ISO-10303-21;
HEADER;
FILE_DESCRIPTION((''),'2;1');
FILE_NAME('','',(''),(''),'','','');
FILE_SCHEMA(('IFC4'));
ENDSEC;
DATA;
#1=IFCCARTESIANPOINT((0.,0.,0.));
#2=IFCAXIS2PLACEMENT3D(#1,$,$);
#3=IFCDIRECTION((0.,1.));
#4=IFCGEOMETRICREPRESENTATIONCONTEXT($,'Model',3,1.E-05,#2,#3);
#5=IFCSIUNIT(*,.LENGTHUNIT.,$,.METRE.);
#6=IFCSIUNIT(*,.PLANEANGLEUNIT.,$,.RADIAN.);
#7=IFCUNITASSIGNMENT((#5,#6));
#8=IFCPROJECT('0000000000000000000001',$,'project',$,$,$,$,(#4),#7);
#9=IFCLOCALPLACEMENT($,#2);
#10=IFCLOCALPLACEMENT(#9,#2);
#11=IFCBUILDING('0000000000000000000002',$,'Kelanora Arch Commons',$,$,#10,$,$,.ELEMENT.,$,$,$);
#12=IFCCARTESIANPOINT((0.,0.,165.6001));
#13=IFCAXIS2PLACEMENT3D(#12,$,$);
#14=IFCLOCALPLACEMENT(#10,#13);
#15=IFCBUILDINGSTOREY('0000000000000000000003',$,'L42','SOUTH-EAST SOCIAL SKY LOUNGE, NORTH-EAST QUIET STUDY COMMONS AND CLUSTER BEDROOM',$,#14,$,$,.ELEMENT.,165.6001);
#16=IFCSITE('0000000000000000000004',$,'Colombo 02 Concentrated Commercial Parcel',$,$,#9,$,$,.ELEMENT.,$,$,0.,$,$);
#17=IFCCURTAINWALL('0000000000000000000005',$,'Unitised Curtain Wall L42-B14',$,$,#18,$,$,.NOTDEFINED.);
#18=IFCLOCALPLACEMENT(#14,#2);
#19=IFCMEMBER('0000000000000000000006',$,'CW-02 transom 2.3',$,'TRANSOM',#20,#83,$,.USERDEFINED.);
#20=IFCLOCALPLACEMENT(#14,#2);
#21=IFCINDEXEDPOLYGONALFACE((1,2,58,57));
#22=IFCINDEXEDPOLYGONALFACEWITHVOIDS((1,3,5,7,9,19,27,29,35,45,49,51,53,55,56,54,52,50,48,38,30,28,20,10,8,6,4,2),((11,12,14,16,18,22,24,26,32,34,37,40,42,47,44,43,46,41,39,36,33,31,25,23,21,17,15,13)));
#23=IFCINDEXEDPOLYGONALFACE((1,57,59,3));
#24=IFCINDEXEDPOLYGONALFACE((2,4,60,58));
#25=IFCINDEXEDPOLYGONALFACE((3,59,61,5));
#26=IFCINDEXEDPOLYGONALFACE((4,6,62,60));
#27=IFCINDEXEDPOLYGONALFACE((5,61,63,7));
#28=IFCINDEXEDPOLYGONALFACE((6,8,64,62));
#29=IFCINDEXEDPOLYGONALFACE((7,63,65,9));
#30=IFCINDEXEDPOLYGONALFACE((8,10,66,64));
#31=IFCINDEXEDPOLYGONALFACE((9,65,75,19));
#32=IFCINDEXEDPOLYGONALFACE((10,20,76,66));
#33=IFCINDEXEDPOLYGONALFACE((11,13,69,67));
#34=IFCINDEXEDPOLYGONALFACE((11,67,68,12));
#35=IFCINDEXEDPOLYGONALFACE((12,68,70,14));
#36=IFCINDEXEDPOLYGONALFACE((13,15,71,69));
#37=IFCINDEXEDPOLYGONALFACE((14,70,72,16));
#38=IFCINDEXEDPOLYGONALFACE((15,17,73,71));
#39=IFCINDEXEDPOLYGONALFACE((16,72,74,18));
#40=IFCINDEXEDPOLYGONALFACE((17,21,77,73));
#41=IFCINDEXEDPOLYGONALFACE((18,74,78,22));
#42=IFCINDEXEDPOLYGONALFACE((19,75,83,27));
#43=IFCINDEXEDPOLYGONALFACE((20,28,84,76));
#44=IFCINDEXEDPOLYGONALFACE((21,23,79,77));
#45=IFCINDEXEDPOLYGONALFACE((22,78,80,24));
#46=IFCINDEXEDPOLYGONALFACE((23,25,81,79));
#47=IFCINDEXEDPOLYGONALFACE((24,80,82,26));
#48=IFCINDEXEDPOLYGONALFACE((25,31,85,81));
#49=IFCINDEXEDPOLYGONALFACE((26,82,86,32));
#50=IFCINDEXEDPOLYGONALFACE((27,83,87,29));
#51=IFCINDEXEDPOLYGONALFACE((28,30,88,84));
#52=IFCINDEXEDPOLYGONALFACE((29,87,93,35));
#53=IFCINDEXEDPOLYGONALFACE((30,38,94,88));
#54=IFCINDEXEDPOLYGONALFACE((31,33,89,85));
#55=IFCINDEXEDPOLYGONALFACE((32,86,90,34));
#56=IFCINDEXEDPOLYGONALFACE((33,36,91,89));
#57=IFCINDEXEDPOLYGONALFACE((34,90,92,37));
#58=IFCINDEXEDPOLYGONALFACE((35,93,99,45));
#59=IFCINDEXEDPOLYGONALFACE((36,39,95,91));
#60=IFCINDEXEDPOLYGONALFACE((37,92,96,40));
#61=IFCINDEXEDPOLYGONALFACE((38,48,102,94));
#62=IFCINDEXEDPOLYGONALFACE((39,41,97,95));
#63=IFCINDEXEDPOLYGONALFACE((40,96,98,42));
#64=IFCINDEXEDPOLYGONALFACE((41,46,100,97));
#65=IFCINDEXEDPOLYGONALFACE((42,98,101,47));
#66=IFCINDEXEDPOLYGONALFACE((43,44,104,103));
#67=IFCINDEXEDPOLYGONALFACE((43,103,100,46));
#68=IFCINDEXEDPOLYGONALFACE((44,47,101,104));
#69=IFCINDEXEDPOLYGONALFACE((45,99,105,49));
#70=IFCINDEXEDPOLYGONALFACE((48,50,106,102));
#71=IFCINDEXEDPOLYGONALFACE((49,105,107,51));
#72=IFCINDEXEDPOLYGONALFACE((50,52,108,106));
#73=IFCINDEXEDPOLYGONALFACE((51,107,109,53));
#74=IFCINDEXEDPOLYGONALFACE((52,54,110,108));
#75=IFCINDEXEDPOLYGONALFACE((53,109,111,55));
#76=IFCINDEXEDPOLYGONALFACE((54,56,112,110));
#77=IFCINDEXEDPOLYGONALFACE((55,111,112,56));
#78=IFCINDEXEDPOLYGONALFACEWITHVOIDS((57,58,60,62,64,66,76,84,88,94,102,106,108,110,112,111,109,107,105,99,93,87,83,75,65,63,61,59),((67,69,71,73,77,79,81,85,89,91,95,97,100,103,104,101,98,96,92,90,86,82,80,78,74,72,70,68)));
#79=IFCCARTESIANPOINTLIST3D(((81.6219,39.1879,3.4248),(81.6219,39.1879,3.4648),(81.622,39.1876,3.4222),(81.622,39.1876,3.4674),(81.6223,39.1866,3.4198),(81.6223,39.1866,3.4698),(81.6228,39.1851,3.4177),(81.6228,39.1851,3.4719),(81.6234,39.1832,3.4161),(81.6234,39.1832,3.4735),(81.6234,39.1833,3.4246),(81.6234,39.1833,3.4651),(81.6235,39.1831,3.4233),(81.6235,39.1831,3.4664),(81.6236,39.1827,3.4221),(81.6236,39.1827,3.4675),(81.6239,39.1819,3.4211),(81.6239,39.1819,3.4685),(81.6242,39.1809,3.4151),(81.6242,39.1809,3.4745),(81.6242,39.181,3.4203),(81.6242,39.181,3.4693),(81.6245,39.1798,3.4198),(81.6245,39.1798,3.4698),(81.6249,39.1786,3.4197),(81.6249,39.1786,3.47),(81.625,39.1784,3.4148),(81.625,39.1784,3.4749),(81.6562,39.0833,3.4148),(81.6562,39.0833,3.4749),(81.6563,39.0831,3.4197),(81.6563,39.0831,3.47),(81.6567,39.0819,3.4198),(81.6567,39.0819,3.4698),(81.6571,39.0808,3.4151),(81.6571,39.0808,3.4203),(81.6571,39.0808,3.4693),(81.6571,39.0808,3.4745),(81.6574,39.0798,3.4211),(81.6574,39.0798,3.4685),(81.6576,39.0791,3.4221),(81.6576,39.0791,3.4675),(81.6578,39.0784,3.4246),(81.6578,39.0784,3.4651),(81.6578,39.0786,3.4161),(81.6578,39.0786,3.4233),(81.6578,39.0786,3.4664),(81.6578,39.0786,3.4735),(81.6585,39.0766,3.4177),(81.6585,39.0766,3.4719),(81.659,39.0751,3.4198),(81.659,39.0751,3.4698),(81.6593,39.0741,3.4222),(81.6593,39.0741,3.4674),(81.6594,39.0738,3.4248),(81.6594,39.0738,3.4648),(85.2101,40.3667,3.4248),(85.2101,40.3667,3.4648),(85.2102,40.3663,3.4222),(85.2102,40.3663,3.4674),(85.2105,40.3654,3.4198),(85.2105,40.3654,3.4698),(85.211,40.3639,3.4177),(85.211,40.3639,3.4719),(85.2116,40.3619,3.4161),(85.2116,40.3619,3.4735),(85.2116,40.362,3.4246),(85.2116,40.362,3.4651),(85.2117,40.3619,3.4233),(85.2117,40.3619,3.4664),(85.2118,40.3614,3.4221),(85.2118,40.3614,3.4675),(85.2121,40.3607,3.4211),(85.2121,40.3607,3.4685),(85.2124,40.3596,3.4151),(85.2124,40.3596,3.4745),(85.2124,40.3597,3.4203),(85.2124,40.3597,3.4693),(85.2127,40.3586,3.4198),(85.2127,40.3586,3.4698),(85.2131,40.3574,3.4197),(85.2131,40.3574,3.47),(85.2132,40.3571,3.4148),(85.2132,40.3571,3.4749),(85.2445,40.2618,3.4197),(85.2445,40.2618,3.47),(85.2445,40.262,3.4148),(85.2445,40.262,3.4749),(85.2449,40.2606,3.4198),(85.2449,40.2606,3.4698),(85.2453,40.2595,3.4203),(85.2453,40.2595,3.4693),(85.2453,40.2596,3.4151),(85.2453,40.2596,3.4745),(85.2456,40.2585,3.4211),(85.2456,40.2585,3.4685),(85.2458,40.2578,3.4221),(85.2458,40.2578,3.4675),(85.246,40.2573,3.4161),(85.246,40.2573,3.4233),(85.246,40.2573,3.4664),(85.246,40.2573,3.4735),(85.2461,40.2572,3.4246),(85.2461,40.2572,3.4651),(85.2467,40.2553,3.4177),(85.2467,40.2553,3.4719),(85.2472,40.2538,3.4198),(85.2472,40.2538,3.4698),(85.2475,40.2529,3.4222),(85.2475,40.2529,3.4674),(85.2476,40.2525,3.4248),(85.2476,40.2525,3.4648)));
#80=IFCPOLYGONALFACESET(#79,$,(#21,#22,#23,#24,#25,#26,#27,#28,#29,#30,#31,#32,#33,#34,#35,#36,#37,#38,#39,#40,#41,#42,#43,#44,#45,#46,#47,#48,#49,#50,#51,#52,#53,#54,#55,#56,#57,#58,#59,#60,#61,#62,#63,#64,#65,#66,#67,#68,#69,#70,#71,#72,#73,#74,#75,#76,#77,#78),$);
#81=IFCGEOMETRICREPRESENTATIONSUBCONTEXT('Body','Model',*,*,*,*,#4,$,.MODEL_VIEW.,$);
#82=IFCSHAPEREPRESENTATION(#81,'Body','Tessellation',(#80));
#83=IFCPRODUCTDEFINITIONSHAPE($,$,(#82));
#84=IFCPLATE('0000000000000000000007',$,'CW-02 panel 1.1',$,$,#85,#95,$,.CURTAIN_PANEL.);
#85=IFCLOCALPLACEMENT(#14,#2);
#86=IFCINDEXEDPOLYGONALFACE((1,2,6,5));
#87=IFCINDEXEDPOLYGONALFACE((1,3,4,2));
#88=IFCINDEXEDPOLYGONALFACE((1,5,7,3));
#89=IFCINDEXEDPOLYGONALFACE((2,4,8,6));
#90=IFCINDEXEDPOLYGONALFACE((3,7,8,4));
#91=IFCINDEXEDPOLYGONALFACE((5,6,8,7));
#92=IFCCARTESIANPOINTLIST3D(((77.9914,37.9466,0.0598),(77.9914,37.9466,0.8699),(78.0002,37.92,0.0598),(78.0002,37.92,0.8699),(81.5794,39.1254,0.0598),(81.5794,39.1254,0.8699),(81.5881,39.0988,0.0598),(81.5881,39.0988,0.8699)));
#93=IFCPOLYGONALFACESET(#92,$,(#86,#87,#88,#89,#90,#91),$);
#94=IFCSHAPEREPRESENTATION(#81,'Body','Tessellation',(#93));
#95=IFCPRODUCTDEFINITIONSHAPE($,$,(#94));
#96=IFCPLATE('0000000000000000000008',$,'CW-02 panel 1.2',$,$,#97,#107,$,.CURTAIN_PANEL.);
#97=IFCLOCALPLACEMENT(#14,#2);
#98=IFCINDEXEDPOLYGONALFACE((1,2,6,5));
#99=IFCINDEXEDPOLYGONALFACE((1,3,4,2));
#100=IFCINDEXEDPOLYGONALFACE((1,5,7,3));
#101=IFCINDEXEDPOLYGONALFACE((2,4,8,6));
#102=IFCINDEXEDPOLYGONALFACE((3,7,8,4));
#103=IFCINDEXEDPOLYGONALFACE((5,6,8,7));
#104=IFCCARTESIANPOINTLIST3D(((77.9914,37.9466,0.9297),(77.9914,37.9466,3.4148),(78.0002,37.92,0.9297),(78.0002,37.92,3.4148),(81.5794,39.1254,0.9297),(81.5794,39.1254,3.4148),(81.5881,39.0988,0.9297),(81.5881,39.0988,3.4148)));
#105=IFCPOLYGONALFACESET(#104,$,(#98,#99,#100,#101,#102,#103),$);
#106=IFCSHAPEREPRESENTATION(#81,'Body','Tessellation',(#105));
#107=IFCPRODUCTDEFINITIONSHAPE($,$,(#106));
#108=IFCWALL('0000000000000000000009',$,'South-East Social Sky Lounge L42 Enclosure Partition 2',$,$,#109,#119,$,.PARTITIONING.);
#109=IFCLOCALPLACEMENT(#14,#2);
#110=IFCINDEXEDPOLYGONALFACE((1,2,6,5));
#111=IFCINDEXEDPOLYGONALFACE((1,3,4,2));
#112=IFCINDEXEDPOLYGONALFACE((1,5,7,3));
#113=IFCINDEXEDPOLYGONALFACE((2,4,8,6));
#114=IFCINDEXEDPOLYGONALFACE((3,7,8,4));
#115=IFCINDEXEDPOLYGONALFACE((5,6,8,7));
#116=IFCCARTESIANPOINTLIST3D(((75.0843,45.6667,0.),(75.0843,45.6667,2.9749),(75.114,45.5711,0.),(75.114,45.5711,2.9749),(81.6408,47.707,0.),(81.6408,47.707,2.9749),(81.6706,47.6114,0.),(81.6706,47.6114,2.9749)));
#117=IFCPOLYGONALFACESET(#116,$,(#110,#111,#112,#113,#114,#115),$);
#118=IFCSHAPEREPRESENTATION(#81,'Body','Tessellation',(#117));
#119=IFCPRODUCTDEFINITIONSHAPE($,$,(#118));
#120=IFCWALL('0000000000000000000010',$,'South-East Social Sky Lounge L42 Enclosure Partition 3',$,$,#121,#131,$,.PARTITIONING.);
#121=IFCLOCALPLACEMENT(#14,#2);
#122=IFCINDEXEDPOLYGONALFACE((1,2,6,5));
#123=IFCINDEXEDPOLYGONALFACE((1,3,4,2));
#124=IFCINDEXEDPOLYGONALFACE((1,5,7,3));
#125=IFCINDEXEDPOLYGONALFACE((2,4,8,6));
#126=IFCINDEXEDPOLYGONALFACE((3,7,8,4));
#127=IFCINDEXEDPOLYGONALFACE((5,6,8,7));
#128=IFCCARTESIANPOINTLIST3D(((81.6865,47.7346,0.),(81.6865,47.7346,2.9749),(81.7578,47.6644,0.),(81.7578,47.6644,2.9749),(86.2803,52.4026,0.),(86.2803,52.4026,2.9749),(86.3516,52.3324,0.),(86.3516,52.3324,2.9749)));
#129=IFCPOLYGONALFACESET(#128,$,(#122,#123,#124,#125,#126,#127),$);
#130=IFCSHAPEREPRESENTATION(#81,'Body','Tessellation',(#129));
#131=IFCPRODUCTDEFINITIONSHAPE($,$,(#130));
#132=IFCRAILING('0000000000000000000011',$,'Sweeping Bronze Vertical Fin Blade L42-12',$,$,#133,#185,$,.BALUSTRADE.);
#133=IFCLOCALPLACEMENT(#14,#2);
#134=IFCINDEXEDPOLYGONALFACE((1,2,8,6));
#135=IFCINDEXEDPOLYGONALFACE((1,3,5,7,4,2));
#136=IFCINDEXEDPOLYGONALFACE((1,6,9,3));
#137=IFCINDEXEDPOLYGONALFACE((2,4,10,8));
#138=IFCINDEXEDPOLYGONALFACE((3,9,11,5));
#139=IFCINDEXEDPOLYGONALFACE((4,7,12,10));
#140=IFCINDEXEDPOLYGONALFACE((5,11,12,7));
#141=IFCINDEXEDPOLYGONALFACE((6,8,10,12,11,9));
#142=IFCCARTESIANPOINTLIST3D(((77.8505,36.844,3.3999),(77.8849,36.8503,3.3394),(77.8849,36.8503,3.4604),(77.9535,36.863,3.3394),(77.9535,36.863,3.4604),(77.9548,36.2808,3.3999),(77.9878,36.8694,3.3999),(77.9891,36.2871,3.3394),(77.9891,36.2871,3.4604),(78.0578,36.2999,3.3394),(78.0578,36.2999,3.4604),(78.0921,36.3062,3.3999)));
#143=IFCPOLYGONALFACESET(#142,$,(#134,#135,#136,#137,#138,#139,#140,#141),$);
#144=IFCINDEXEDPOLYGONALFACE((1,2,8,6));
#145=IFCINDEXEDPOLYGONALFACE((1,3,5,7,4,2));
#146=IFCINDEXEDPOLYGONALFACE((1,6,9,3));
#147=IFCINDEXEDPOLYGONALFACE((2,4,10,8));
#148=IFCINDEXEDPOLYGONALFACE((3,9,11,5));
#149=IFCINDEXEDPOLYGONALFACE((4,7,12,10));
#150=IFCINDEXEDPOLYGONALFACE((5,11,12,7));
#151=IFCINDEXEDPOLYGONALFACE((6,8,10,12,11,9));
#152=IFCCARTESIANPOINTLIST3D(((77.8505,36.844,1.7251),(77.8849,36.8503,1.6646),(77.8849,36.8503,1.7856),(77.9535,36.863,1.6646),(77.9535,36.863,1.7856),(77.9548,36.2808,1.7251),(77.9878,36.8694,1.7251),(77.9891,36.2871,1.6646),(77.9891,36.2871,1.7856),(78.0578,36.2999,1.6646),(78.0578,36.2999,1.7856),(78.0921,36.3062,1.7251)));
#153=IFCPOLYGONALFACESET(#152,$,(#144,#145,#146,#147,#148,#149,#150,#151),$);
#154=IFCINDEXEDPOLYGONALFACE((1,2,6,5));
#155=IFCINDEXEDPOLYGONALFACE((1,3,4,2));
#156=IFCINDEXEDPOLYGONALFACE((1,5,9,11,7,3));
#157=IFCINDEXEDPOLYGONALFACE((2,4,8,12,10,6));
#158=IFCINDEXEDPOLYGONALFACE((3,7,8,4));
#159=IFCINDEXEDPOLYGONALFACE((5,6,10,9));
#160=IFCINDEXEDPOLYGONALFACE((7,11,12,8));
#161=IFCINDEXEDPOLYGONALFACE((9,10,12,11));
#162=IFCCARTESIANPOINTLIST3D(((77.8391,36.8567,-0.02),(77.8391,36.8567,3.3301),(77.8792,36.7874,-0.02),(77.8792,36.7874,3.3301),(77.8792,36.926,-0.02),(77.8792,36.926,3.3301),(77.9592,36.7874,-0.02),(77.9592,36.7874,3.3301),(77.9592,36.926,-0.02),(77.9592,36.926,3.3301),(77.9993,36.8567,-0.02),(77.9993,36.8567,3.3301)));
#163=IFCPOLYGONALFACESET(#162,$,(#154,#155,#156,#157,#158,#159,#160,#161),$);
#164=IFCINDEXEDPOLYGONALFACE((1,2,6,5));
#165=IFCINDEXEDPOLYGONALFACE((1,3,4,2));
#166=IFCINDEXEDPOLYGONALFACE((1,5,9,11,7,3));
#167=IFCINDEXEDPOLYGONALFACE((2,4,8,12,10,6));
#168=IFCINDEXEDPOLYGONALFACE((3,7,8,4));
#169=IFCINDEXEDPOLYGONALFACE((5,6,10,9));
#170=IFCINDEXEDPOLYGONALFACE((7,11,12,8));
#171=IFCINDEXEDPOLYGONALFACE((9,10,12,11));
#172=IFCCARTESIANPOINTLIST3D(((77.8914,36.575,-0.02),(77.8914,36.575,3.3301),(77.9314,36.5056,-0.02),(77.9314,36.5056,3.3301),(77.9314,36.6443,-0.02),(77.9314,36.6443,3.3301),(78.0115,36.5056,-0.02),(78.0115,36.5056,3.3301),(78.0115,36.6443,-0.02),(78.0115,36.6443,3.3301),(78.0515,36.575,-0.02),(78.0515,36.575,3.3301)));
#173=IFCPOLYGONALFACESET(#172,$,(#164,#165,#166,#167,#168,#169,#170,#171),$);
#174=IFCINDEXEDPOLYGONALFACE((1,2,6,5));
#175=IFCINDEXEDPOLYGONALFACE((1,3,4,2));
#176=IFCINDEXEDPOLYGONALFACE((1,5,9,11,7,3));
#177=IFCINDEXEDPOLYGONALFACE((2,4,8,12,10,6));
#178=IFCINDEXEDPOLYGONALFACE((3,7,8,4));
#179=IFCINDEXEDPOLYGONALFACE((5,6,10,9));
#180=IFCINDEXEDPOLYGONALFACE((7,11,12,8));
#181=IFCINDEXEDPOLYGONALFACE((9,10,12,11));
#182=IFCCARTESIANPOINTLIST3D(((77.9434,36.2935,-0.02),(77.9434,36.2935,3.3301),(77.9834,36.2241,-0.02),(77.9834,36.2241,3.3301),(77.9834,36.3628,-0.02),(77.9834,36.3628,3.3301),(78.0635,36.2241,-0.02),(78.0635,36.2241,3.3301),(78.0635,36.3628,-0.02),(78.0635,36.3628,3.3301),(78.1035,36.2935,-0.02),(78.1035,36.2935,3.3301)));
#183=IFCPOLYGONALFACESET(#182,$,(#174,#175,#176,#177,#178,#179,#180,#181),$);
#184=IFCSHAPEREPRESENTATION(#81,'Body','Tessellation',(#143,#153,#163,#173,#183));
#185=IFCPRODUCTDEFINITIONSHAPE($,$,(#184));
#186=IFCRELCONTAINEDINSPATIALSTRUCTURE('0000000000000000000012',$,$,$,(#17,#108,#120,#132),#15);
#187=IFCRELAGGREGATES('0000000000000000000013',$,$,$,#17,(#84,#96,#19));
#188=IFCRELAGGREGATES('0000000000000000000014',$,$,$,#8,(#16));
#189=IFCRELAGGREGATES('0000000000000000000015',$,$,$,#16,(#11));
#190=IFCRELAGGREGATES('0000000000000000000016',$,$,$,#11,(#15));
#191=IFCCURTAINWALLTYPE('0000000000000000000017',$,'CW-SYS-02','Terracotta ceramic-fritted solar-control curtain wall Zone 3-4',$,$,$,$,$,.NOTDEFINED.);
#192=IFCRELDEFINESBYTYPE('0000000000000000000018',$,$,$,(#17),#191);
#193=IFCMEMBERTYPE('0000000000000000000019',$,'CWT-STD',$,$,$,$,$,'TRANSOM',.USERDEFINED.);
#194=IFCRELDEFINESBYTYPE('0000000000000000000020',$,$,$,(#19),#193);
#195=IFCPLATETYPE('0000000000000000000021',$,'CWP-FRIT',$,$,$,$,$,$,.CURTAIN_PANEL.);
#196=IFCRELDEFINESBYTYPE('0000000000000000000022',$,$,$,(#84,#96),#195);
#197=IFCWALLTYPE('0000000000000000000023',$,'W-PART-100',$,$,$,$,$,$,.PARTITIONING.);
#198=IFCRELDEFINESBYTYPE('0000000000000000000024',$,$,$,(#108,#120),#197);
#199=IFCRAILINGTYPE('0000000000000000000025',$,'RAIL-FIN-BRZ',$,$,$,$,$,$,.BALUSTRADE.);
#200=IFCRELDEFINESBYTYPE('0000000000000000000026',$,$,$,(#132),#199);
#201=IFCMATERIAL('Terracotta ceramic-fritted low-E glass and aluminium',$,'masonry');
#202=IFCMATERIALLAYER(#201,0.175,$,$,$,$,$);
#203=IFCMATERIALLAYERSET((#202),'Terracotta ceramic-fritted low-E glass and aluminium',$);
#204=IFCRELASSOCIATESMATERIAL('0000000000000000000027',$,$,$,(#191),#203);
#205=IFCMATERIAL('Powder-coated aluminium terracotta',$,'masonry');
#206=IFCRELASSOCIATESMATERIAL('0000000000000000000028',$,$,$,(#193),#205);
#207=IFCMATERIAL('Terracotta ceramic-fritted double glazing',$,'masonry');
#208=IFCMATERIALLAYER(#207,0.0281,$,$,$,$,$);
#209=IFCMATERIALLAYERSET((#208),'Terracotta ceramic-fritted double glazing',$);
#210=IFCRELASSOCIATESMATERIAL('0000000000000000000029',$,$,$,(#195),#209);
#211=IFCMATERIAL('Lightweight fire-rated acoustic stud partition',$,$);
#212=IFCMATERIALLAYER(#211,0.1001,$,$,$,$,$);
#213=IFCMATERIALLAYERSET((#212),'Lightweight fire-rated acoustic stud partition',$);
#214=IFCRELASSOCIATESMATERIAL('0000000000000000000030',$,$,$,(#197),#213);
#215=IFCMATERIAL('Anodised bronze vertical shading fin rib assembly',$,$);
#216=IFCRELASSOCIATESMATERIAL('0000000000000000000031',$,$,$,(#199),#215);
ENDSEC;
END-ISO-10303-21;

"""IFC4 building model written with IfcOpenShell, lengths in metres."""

from ifc_helpers import new_model, si_unit, direction, frame, frame_2d, origin, origin_2d, place, context, subcontext, project, spatial, polyline, rectangle, hollow_rectangle, outline, extrude, source, transform, mapped, material, layer, layer_set, material_profile, profile_set, type_object, element, aggregate, save


model = new_model("IFC4")

# Units and contexts
model_context = context("Model", 3, precision=1e-05, world=origin(), true_north=direction((0.0, 1.0)))
body_context = subcontext(model_context, "Body", "Model", "MODEL_VIEW")
ifc_project = project(units=[si_unit("LENGTHUNIT", "METRE"), si_unit("PLANEANGLEUNIT", "RADIAN")], contexts=[model_context])

# Site, building, storey
site_placement = place(None, origin())
site = spatial("IfcSite", under=ifc_project, at=site_placement, Name="Colombo 02 Concentrated Commercial Parcel", CompositionType="ELEMENT", RefElevation=0.0)
building_placement = place(site_placement, origin())
building = spatial("IfcBuilding", under=site, at=building_placement, Name="Kelanora Arch Commons", CompositionType="ELEMENT")
storey_placement = place(building_placement, frame((0.0, 0.0, 165.6001)))
storey = spatial("IfcBuildingStorey", under=building, at=storey_placement, Name="L42", Description="SOUTH-EAST SOCIAL SKY LOUNGE, NORTH-EAST QUIET STUDY COMMONS AND CLUSTER BEDROOM", CompositionType="ELEMENT", Elevation=165.6001)

# Curtain wall, member, plates
ifc_material_1 = material(Name="Terracotta ceramic-fritted low-E glass and aluminium", Category="masonry")
ifc_layer_1 = layer(ifc_material_1, 0.175)
ifc_layer_set_1 = layer_set([ifc_layer_1], Name="Terracotta ceramic-fritted low-E glass and aluminium")
curtain_wall_type = type_object("IfcCurtainWallType", Name="CW-SYS-02", Description="Terracotta ceramic-fritted solar-control curtain wall Zone 3-4", PredefinedType="NOTDEFINED", material=ifc_layer_set_1)
curtain_wall_placement = place(storey_placement, origin())
curtain_wall = element("IfcCurtainWall", 1, at=curtain_wall_placement, inside=storey, type_object=curtain_wall_type, Name="Unitised Curtain Wall L42-B14", PredefinedType="NOTDEFINED")
ifc_material_2 = material(Name="Powder-coated aluminium terracotta", Category="masonry")
ifc_material_profile_1 = material_profile(ifc_material_2, hollow_rectangle(XDim=0.1201, YDim=0.0601, WallThickness=0.0049, InnerFilletRadius=0.0049, OuterFilletRadius=0.01, at=origin_2d()), Name="CWT120x60")
ifc_profile_set_1 = profile_set([ifc_material_profile_1], Name="Powder-coated aluminium terracotta")
member_type_1 = type_object("IfcMemberType", Name="CWT-STD", ElementType="TRANSOM", PredefinedType="USERDEFINED", material=ifc_profile_set_1)
member_1_placement = place(storey_placement, frame((81.6406, 39.1309, 3.4448), z_axis=(0.950051, 0.312094, 0.0), x_axis=(-0.312094, 0.950051, 0.0)))
member_1 = element("IfcMember", 2, at=member_1_placement, type_object=member_type_1, Name="CW-02 transom 2.3", ObjectType="TRANSOM", PredefinedType="USERDEFINED", context=body_context, shape_type="SweptSolid", body=[
    extrude(hollow_rectangle(XDim=0.1201, YDim=0.0601, WallThickness=0.0049, InnerFilletRadius=0.0049, OuterFilletRadius=0.01, at=origin_2d()), origin(), (0.0, 0.0, 1.0), 3.7769),
])
ifc_material_3 = material(Name="Terracotta ceramic-fritted double glazing", Category="masonry")
ifc_layer_2 = layer(ifc_material_3, 0.0281)
ifc_layer_set_2 = layer_set([ifc_layer_2], Name="Terracotta ceramic-fritted double glazing")
plate_type = type_object("IfcPlateType", Name="CWP-FRIT", PredefinedType="CURTAIN_PANEL", material=ifc_layer_set_2)
shared_shape_1 = source(origin(), body_context, "Body", "SweptSolid", [
    extrude(rectangle(XDim=3.7766, YDim=0.0281, at=origin_2d()), origin(), (0.0, 0.0, 1.0), 0.8101),
])
plate_1_placement = place(storey_placement, frame((79.7898, 38.5227, 0.0598), z_axis=(0.0, 0.0, 1.0), x_axis=(0.95004, 0.312128, 0.0)))
plate_1 = element("IfcPlate", 3, at=plate_1_placement, type_object=plate_type, Name="CW-02 panel 1.1", PredefinedType="CURTAIN_PANEL", context=body_context, shape_type="MappedRepresentation", body=[
    mapped(shared_shape_1, transform((0.0, 0.0, 0.0), scale=1.0)),
])
shared_shape_2 = source(origin(), body_context, "Body", "SweptSolid", [
    extrude(rectangle(XDim=3.7766, YDim=0.0281, at=origin_2d()), origin(), (0.0, 0.0, 1.0), 2.4851),
])
plate_2_placement = place(storey_placement, frame((79.7898, 38.5227, 0.9297), z_axis=(0.0, 0.0, 1.0), x_axis=(0.95004, 0.312128, 0.0)))
plate_2 = element("IfcPlate", 4, at=plate_2_placement, type_object=plate_type, Name="CW-02 panel 1.2", PredefinedType="CURTAIN_PANEL", context=body_context, shape_type="MappedRepresentation", body=[
    mapped(shared_shape_2, transform((0.0, 0.0, 0.0), scale=1.0)),
])
aggregate(curtain_wall, [plate_1, plate_2, member_1])

# Walls
ifc_material_4 = material(Name="Lightweight fire-rated acoustic stud partition")
ifc_layer_3 = layer(ifc_material_4, 0.1001)
ifc_layer_set_3 = layer_set([ifc_layer_3], Name="Lightweight fire-rated acoustic stud partition")
wall_type = type_object("IfcWallType", Name="W-PART-100", PredefinedType="PARTITIONING", material=ifc_layer_set_3)
wall_1_placement = place(storey_placement, frame((75.0991, 45.6189, 0.0), z_axis=(0.0, 0.0, 1.0), x_axis=(0.954839, 0.297125, 0.0)))
element("IfcWall", 5, at=wall_1_placement, inside=storey, type_object=wall_type, Name="South-East Social Sky Lounge L42 Enclosure Partition 2", PredefinedType="PARTITIONING", context=body_context, shape_type="SweptSolid", body=[
    extrude(rectangle(XDim=6.8667, YDim=0.1001, at=frame_2d((3.4333, 0.0))), origin(), (0.0, 0.0, 1.0), 2.9749),
])
wall_2_placement = place(storey_placement, frame((81.7222, 47.6995, 0.0), z_axis=(0.0, 0.0, 1.0), x_axis=(0.701418, 0.71275, 0.0)))
element("IfcWall", 6, at=wall_2_placement, inside=storey, type_object=wall_type, Name="South-East Social Sky Lounge L42 Enclosure Partition 3", PredefinedType="PARTITIONING", context=body_context, shape_type="SweptSolid", body=[
    extrude(rectangle(XDim=6.5493, YDim=0.1001, at=frame_2d((3.2747, 0.0))), origin(), (0.0, 0.0, 1.0), 2.9749),
])

# Railing
ifc_material_5 = material(Name="Anodised bronze vertical shading fin rib assembly")
railing_type = type_object("IfcRailingType", Name="RAIL-FIN-BRZ", PredefinedType="BALUSTRADE", material=ifc_material_5)
railing_placement = place(storey_placement, frame((77.9192, 36.8567, -0.02)))
element("IfcRailing", 7, at=railing_placement, inside=storey, type_object=railing_type, Name="Sweeping Bronze Vertical Fin Blade L42-12", PredefinedType="BALUSTRADE", context=body_context, shape_type="SweptSolid", body=[
    extrude(outline(polyline([(0.0698, 0.0), (0.0349, 0.0605), (-0.0349, 0.0605), (-0.0698, 0.0), (-0.0349, -0.0605), (0.0349, -0.0605), (0.0698, 0.0)])), frame((0.0, 0.0, 3.4199), z_axis=(0.181998, -0.983299, 0.0), x_axis=(0.983299, 0.181998, 0.0)), (0.0, 0.0, 1.0), 0.5728),
    extrude(outline(polyline([(0.0698, 0.0), (0.0349, 0.0605), (-0.0349, 0.0605), (-0.0698, 0.0), (-0.0349, -0.0605), (0.0349, -0.0605), (0.0698, 0.0)])), frame((0.0, 0.0, 1.7451), z_axis=(0.181998, -0.983299, 0.0), x_axis=(0.983299, 0.181998, 0.0)), (0.0, 0.0, 1.0), 0.5728),
    extrude(outline(polyline([(0.0801, 0.0), (0.04, 0.0693), (-0.04, 0.0693), (-0.0801, 0.0), (-0.04, -0.0693), (0.04, -0.0693), (0.0801, 0.0)])), origin(), (0.0, 0.0, 1.0), 3.3501),
    extrude(outline(polyline([(0.0801, 0.0), (0.04, 0.0693), (-0.04, 0.0693), (-0.0801, 0.0), (-0.04, -0.0693), (0.04, -0.0693), (0.0801, 0.0)])), frame((0.0522, -0.2817, 0.0)), (0.0, 0.0, 1.0), 3.3501),
    extrude(outline(polyline([(0.0801, 0.0), (0.04, 0.0693), (-0.04, 0.0693), (-0.0801, 0.0), (-0.04, -0.0693), (0.04, -0.0693), (0.0801, 0.0)])), frame((0.1042, -0.5632, 0.0)), (0.0, 0.0, 1.0), 3.3501),
])

save(model, "model.ifc")
